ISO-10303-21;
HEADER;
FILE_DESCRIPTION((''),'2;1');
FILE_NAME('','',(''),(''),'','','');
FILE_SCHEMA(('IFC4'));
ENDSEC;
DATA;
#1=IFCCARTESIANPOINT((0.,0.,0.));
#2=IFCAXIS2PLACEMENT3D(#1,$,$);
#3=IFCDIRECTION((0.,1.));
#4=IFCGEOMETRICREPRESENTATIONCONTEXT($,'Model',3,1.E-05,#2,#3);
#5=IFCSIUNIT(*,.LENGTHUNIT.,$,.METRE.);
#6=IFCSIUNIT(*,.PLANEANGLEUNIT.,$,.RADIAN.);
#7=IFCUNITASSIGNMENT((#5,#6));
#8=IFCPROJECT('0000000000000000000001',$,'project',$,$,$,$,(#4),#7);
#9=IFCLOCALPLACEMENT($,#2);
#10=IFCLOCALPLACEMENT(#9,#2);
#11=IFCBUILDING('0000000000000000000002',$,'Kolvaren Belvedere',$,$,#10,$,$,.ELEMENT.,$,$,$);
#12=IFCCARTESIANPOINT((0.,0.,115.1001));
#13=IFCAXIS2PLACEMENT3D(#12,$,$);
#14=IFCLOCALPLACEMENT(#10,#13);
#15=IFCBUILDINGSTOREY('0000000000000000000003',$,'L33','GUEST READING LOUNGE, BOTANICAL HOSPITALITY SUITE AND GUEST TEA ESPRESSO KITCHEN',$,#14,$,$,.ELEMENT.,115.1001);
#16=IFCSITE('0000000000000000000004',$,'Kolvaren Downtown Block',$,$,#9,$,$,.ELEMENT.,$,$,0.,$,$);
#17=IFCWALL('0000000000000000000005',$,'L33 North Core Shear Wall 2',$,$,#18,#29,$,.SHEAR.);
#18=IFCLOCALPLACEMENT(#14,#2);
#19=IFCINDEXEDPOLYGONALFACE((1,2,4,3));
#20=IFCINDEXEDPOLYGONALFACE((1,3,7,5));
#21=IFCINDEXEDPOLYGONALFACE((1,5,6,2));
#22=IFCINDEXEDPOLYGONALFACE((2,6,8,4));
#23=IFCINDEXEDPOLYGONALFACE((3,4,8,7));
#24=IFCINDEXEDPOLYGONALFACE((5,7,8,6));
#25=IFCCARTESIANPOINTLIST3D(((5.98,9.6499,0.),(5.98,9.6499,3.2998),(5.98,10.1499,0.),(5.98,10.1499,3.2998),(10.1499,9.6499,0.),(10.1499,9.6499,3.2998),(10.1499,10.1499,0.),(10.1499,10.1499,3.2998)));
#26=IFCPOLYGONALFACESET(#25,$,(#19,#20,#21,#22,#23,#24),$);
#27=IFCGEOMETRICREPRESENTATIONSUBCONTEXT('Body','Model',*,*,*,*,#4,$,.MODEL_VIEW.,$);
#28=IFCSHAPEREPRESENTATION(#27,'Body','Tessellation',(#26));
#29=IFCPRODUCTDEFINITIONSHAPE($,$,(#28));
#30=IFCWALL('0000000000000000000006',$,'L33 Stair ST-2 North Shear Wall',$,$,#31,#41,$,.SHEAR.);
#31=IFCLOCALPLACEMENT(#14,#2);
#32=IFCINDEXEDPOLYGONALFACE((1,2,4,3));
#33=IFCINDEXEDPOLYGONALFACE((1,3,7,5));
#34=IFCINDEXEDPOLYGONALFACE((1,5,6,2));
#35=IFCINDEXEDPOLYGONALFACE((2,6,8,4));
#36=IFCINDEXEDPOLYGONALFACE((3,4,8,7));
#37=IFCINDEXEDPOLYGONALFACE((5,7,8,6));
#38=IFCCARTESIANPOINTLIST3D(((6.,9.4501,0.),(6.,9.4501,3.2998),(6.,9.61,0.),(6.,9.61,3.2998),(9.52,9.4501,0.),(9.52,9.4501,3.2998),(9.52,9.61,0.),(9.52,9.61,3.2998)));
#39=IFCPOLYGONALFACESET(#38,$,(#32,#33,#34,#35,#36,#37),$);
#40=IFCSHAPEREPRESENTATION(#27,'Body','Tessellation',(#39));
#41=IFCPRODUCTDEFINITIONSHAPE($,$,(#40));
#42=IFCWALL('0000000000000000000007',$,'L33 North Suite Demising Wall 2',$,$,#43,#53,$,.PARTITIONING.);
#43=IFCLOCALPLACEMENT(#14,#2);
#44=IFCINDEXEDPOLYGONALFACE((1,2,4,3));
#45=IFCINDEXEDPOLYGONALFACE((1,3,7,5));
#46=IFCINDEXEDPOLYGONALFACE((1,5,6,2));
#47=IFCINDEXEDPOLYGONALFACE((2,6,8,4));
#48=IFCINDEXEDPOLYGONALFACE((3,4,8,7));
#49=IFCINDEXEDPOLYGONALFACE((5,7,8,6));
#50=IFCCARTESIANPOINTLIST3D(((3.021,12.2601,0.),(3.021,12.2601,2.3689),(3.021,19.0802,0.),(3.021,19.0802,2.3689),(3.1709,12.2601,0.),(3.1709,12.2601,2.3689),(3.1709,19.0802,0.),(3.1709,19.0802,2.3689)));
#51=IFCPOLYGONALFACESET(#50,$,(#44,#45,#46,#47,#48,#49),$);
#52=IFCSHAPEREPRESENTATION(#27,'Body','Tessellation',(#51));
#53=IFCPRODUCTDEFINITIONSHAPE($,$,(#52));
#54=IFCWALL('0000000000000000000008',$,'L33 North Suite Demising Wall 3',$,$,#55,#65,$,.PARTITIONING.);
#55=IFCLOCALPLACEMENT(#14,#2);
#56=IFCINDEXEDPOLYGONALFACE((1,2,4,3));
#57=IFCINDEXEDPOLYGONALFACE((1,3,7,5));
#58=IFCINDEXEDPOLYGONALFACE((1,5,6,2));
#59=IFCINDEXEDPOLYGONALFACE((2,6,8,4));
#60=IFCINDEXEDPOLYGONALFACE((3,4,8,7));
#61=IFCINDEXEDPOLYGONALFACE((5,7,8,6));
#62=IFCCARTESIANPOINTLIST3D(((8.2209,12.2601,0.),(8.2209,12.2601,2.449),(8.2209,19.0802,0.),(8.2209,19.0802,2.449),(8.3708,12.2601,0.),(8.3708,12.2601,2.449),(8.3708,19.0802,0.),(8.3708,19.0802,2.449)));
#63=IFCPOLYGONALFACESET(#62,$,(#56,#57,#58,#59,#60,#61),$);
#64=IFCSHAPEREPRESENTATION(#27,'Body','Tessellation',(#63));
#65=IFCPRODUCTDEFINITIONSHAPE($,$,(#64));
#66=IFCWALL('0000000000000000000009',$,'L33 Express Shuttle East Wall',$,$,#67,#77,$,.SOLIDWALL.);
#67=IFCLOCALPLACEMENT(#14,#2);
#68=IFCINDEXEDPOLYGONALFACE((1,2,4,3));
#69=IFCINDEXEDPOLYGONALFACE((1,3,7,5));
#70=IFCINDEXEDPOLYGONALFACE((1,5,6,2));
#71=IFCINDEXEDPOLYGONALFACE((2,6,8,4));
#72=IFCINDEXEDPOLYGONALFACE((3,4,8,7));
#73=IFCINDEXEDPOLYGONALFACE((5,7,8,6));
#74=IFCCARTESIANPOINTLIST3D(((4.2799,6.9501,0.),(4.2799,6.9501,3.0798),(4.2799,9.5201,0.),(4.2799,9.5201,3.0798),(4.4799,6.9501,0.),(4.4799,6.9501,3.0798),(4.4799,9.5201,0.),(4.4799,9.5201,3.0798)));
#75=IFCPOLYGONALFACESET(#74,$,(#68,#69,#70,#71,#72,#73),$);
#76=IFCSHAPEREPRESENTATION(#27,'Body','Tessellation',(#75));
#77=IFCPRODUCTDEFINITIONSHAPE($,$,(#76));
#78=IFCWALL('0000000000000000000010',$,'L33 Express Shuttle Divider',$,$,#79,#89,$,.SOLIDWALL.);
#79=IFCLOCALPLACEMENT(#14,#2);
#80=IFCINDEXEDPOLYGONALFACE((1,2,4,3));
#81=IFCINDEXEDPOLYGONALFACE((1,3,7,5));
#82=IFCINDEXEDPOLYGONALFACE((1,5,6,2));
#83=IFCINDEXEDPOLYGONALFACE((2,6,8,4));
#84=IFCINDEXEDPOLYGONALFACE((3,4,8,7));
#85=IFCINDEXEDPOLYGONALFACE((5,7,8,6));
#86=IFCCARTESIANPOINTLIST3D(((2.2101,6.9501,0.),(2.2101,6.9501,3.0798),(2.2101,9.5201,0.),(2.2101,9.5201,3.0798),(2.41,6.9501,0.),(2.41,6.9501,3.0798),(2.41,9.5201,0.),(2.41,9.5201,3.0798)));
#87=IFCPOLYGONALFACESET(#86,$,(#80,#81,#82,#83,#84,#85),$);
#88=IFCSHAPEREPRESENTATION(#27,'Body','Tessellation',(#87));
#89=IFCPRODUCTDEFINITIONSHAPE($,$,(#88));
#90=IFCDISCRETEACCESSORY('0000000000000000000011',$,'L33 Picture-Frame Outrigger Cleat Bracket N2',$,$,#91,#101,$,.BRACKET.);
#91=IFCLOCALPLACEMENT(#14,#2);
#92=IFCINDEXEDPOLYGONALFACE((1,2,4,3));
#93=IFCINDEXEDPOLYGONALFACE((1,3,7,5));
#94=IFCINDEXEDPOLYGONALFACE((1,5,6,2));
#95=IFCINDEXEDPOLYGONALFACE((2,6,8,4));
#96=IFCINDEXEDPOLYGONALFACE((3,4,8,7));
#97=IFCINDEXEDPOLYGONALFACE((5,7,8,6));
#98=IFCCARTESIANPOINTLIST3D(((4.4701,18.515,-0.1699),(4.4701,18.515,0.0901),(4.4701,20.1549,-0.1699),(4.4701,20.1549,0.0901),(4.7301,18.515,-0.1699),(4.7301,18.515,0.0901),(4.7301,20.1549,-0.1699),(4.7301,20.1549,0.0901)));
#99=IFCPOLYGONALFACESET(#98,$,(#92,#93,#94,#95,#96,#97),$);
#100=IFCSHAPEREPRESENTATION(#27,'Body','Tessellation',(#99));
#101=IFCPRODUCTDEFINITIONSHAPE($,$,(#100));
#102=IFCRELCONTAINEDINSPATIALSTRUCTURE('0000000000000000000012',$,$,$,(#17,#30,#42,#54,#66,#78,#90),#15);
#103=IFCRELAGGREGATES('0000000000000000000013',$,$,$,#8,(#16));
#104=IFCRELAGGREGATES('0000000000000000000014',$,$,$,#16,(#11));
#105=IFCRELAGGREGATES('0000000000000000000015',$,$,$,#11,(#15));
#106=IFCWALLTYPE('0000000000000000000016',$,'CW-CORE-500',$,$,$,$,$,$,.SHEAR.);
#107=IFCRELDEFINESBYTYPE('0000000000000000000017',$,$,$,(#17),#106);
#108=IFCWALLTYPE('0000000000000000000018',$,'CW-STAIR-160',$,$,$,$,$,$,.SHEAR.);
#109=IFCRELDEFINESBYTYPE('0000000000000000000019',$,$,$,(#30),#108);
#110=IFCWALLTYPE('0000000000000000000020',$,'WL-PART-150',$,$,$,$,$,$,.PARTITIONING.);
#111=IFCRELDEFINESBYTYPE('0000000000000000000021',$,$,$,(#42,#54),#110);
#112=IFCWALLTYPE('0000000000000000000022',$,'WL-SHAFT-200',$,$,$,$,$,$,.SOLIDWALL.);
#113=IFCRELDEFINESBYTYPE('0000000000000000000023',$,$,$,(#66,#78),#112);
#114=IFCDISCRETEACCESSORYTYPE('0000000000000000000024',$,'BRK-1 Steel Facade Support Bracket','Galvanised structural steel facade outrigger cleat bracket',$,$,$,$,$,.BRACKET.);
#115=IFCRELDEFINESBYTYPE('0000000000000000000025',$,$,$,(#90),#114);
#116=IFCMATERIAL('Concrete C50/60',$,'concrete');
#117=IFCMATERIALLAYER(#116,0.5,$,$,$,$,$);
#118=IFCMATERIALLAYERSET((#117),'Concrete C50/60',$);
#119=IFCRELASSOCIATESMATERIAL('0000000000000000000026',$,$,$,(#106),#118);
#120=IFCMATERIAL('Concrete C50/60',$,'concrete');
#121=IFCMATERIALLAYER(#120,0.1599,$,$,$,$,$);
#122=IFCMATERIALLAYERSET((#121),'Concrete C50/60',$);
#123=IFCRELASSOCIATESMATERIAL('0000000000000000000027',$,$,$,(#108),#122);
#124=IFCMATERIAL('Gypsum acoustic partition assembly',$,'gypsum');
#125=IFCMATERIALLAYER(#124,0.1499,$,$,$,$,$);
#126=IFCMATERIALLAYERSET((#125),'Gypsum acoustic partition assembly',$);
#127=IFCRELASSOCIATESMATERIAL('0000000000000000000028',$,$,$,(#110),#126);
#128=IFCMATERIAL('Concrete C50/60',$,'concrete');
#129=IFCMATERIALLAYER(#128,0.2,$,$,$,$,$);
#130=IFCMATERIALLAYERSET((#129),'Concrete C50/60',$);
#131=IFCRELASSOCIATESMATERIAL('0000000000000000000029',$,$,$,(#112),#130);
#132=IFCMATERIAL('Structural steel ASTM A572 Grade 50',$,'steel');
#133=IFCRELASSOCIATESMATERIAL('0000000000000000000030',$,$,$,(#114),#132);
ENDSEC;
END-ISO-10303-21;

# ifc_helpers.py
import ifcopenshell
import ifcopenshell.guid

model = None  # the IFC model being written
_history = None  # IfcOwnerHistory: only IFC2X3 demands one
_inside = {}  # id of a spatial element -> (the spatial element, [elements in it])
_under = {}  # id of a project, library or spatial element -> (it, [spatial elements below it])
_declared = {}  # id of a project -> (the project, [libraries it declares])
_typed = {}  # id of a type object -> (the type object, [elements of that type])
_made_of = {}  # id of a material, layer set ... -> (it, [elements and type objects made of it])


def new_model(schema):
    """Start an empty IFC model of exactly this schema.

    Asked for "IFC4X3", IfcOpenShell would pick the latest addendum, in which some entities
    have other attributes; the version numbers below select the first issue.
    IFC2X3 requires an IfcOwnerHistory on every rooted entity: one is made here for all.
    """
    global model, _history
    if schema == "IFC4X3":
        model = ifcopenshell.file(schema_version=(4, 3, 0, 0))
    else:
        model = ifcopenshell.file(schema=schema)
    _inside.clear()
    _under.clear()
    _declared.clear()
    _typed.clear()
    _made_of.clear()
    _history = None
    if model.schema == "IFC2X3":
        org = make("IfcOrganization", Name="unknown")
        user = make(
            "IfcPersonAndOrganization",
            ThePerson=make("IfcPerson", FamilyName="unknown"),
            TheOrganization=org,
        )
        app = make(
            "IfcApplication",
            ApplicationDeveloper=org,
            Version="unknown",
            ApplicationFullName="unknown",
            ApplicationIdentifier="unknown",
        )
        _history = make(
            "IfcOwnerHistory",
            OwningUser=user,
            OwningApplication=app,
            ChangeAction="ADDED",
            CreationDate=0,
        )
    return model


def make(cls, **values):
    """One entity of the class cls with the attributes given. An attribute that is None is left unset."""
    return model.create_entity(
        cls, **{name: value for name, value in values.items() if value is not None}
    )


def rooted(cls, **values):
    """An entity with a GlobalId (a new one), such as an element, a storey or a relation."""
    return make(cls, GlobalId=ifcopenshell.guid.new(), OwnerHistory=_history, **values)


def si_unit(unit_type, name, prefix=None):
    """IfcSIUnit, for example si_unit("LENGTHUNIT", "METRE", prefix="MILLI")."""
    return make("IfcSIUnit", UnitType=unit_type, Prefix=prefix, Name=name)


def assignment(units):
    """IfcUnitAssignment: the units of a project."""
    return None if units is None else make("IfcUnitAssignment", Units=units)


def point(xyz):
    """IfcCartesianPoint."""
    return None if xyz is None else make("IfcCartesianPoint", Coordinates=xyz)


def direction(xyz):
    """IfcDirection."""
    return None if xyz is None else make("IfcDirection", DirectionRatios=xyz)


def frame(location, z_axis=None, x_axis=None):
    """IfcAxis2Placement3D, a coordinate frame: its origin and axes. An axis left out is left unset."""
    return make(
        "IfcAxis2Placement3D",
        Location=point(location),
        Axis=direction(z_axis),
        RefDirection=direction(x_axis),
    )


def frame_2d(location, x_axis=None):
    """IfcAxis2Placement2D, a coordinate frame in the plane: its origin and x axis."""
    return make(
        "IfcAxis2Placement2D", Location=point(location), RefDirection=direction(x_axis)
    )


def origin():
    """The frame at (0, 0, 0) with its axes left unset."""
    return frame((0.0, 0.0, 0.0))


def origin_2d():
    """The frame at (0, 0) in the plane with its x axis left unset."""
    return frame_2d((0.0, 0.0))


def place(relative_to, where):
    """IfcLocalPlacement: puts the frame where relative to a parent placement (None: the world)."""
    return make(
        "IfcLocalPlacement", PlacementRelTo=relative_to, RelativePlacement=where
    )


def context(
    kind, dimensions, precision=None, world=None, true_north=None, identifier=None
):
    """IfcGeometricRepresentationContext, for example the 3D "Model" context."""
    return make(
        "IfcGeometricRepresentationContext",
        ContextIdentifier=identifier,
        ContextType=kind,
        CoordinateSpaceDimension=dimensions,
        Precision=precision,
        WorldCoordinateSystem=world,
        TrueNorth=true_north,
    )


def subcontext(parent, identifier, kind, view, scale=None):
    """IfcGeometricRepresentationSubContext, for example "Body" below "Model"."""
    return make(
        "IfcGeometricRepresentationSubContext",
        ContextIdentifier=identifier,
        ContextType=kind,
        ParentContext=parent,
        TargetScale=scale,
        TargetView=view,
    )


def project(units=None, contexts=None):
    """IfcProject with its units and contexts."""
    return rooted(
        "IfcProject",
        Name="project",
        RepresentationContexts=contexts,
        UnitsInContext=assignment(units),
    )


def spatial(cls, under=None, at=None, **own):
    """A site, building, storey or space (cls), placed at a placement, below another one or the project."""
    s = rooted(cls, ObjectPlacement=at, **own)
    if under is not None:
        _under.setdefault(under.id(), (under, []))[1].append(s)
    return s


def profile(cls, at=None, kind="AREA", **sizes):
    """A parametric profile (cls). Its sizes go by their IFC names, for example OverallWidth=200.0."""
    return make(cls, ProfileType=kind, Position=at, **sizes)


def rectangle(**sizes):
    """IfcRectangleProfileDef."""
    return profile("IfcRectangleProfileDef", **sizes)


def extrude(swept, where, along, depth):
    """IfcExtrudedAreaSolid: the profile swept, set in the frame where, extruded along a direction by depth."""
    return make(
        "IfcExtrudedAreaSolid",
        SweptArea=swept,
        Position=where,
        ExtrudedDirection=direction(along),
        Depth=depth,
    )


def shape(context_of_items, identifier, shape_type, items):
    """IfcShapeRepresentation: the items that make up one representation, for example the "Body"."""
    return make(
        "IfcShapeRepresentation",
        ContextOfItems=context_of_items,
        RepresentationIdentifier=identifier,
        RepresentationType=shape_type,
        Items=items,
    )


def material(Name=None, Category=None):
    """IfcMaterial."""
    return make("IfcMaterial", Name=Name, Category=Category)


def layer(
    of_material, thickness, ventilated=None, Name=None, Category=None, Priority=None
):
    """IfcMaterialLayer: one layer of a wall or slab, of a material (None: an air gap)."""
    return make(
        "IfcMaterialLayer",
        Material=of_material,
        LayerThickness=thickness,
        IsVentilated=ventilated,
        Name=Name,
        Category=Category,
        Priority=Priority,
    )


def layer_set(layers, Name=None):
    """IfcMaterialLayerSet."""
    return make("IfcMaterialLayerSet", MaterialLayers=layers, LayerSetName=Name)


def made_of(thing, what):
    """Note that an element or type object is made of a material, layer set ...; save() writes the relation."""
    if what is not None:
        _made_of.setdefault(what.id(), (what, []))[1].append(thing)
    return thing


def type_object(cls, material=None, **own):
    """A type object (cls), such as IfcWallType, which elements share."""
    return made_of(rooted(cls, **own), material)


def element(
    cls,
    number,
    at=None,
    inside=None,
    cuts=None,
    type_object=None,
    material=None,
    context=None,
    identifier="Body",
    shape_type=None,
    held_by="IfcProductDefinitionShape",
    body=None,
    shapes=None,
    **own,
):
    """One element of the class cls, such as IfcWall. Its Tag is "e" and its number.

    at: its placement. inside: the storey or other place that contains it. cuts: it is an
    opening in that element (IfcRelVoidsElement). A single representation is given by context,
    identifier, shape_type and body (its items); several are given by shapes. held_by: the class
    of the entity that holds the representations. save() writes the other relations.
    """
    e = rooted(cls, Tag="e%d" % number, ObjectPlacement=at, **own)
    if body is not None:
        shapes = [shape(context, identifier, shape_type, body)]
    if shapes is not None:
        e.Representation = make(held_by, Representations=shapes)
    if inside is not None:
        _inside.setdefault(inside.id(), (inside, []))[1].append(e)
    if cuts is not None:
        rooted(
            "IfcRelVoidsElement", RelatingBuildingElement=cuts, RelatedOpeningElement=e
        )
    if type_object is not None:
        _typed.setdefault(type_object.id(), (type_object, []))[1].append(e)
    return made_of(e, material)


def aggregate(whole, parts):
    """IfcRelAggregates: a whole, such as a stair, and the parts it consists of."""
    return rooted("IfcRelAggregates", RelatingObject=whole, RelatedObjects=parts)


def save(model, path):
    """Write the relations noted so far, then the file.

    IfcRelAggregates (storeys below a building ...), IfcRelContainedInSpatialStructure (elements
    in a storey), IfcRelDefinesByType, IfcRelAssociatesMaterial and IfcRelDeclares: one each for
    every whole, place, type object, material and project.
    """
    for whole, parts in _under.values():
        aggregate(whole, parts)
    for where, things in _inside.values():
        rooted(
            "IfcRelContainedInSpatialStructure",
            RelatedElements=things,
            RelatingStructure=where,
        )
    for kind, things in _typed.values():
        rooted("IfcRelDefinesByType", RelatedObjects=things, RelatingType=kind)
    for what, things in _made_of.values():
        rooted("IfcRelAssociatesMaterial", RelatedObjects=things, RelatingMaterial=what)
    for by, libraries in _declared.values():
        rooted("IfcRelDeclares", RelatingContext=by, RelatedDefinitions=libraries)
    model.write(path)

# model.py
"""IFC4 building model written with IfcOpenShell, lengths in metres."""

from ifc_helpers import new_model, si_unit, direction, frame, frame_2d, origin, origin_2d, place, context, subcontext, project, spatial, rectangle, extrude, material, layer, layer_set, type_object, element, save


model = new_model("IFC4")

# Units and contexts
model_context = context("Model", 3, precision=1e-05, world=origin(), true_north=direction((0.0, 1.0)))
body_context = subcontext(model_context, "Body", "Model", "MODEL_VIEW")
ifc_project = project(units=[si_unit("LENGTHUNIT", "METRE"), si_unit("PLANEANGLEUNIT", "RADIAN")], contexts=[model_context])

# Site, building, storey
site_placement = place(None, origin())
site = spatial("IfcSite", under=ifc_project, at=site_placement, Name="Kolvaren Downtown Block", CompositionType="ELEMENT", RefElevation=0.0)
building_placement = place(site_placement, origin())
building = spatial("IfcBuilding", under=site, at=building_placement, Name="Kolvaren Belvedere", CompositionType="ELEMENT")
storey_placement = place(building_placement, frame((0.0, 0.0, 115.1001)))
storey = spatial("IfcBuildingStorey", under=building, at=storey_placement, Name="L33", Description="GUEST READING LOUNGE, BOTANICAL HOSPITALITY SUITE AND GUEST TEA ESPRESSO KITCHEN", CompositionType="ELEMENT", Elevation=115.1001)

# Walls
ifc_material_1 = material(Name="Concrete C50/60", Category="concrete")
ifc_layer_1 = layer(ifc_material_1, 0.5)
ifc_layer_set_1 = layer_set([ifc_layer_1], Name="Concrete C50/60")
wall_type_1 = type_object("IfcWallType", Name="CW-CORE-500", PredefinedType="SHEAR", material=ifc_layer_set_1)
wall_1_placement = place(storey_placement, frame((5.98, 9.8999, 0.0), z_axis=(0.0, 0.0, 1.0), x_axis=(1.0, 0.0, 0.0)))
element("IfcWall", 1, at=wall_1_placement, inside=storey, type_object=wall_type_1, Name="L33 North Core Shear Wall 2", PredefinedType="SHEAR", context=body_context, shape_type="SweptSolid", body=[
    extrude(rectangle(XDim=4.1699, YDim=0.5, at=frame_2d((2.085, 0.0))), origin(), (0.0, 0.0, 1.0), 3.2998),
])
ifc_material_2 = material(Name="Concrete C50/60", Category="concrete")
ifc_layer_2 = layer(ifc_material_2, 0.1599)
ifc_layer_set_2 = layer_set([ifc_layer_2], Name="Concrete C50/60")
wall_type_2 = type_object("IfcWallType", Name="CW-STAIR-160", PredefinedType="SHEAR", material=ifc_layer_set_2)
wall_2_placement = place(storey_placement, frame((6.0, 9.53, 0.0), z_axis=(0.0, 0.0, 1.0), x_axis=(1.0, 0.0, 0.0)))
element("IfcWall", 2, at=wall_2_placement, inside=storey, type_object=wall_type_2, Name="L33 Stair ST-2 North Shear Wall", PredefinedType="SHEAR", context=body_context, shape_type="SweptSolid", body=[
    extrude(rectangle(XDim=3.52, YDim=0.1599, at=frame_2d((1.76, 0.0))), origin(), (0.0, 0.0, 1.0), 3.2998),
])
ifc_material_3 = material(Name="Gypsum acoustic partition assembly", Category="gypsum")
ifc_layer_3 = layer(ifc_material_3, 0.1499)
ifc_layer_set_3 = layer_set([ifc_layer_3], Name="Gypsum acoustic partition assembly")
wall_type_3 = type_object("IfcWallType", Name="WL-PART-150", PredefinedType="PARTITIONING", material=ifc_layer_set_3)
wall_3_placement = place(storey_placement, frame((3.0959, 12.26, 0.0), z_axis=(0.0, 0.0, 1.0), x_axis=(0.0, 1.0, 0.0)))
element("IfcWall", 3, at=wall_3_placement, inside=storey, type_object=wall_type_3, Name="L33 North Suite Demising Wall 2", PredefinedType="PARTITIONING", context=body_context, shape_type="SweptSolid", body=[
    extrude(rectangle(XDim=6.8201, YDim=0.1499, at=frame_2d((3.4102, 0.0))), origin(), (0.0, 0.0, 1.0), 2.3689),
])
wall_4_placement = place(storey_placement, frame((8.2959, 12.26, 0.0), z_axis=(0.0, 0.0, 1.0), x_axis=(0.0, 1.0, 0.0)))
element("IfcWall", 4, at=wall_4_placement, inside=storey, type_object=wall_type_3, Name="L33 North Suite Demising Wall 3", PredefinedType="PARTITIONING", context=body_context, shape_type="SweptSolid", body=[
    extrude(rectangle(XDim=6.8201, YDim=0.1499, at=frame_2d((3.4102, 0.0))), origin(), (0.0, 0.0, 1.0), 2.449),
])
ifc_material_4 = material(Name="Concrete C50/60", Category="concrete")
ifc_layer_4 = layer(ifc_material_4, 0.2)
ifc_layer_set_4 = layer_set([ifc_layer_4], Name="Concrete C50/60")
wall_type_4 = type_object("IfcWallType", Name="WL-SHAFT-200", PredefinedType="SOLIDWALL", material=ifc_layer_set_4)
for number, where, z_axis, x_axis, name in (
    (5, (4.3799, 6.95, 0.0), (0.0, 0.0, 1.0), (0.0, 1.0, 0.0), "L33 Express Shuttle East Wall"),
    (6, (2.3101, 6.95, 0.0), (0.0, 0.0, 1.0), (0.0, 1.0, 0.0), "L33 Express Shuttle Divider"),
):
    element("IfcWall", number, at=place(storey_placement, frame(where, z_axis=z_axis, x_axis=x_axis)), inside=storey, type_object=wall_type_4, Name=name, PredefinedType="SOLIDWALL", context=body_context, shape_type="SweptSolid", body=[
        extrude(rectangle(XDim=2.5701, YDim=0.2, at=frame_2d((1.2852, 0.0))), origin(), (0.0, 0.0, 1.0), 3.0798),
    ])

# Discrete accessory
ifc_material_5 = material(Name="Structural steel ASTM A572 Grade 50", Category="steel")
discrete_accessory_type = type_object("IfcDiscreteAccessoryType", Name="BRK-1 Steel Facade Support Bracket", Description="Galvanised structural steel facade outrigger cleat bracket", PredefinedType="BRACKET", material=ifc_material_5)
discrete_accessory_placement = place(storey_placement, frame((4.6001, 19.335, -0.1699), z_axis=(0.0, 0.0, 1.0), x_axis=(0.0, 1.0, 0.0)))
element("IfcDiscreteAccessory", 7, at=discrete_accessory_placement, inside=storey, type_object=discrete_accessory_type, Name="L33 Picture-Frame Outrigger Cleat Bracket N2", PredefinedType="BRACKET", context=body_context, shape_type="SweptSolid", body=[
    extrude(rectangle(XDim=1.6399, YDim=0.26, at=origin_2d()), origin(), (0.0, 0.0, 1.0), 0.26),
])

save(model, "model.ifc")
